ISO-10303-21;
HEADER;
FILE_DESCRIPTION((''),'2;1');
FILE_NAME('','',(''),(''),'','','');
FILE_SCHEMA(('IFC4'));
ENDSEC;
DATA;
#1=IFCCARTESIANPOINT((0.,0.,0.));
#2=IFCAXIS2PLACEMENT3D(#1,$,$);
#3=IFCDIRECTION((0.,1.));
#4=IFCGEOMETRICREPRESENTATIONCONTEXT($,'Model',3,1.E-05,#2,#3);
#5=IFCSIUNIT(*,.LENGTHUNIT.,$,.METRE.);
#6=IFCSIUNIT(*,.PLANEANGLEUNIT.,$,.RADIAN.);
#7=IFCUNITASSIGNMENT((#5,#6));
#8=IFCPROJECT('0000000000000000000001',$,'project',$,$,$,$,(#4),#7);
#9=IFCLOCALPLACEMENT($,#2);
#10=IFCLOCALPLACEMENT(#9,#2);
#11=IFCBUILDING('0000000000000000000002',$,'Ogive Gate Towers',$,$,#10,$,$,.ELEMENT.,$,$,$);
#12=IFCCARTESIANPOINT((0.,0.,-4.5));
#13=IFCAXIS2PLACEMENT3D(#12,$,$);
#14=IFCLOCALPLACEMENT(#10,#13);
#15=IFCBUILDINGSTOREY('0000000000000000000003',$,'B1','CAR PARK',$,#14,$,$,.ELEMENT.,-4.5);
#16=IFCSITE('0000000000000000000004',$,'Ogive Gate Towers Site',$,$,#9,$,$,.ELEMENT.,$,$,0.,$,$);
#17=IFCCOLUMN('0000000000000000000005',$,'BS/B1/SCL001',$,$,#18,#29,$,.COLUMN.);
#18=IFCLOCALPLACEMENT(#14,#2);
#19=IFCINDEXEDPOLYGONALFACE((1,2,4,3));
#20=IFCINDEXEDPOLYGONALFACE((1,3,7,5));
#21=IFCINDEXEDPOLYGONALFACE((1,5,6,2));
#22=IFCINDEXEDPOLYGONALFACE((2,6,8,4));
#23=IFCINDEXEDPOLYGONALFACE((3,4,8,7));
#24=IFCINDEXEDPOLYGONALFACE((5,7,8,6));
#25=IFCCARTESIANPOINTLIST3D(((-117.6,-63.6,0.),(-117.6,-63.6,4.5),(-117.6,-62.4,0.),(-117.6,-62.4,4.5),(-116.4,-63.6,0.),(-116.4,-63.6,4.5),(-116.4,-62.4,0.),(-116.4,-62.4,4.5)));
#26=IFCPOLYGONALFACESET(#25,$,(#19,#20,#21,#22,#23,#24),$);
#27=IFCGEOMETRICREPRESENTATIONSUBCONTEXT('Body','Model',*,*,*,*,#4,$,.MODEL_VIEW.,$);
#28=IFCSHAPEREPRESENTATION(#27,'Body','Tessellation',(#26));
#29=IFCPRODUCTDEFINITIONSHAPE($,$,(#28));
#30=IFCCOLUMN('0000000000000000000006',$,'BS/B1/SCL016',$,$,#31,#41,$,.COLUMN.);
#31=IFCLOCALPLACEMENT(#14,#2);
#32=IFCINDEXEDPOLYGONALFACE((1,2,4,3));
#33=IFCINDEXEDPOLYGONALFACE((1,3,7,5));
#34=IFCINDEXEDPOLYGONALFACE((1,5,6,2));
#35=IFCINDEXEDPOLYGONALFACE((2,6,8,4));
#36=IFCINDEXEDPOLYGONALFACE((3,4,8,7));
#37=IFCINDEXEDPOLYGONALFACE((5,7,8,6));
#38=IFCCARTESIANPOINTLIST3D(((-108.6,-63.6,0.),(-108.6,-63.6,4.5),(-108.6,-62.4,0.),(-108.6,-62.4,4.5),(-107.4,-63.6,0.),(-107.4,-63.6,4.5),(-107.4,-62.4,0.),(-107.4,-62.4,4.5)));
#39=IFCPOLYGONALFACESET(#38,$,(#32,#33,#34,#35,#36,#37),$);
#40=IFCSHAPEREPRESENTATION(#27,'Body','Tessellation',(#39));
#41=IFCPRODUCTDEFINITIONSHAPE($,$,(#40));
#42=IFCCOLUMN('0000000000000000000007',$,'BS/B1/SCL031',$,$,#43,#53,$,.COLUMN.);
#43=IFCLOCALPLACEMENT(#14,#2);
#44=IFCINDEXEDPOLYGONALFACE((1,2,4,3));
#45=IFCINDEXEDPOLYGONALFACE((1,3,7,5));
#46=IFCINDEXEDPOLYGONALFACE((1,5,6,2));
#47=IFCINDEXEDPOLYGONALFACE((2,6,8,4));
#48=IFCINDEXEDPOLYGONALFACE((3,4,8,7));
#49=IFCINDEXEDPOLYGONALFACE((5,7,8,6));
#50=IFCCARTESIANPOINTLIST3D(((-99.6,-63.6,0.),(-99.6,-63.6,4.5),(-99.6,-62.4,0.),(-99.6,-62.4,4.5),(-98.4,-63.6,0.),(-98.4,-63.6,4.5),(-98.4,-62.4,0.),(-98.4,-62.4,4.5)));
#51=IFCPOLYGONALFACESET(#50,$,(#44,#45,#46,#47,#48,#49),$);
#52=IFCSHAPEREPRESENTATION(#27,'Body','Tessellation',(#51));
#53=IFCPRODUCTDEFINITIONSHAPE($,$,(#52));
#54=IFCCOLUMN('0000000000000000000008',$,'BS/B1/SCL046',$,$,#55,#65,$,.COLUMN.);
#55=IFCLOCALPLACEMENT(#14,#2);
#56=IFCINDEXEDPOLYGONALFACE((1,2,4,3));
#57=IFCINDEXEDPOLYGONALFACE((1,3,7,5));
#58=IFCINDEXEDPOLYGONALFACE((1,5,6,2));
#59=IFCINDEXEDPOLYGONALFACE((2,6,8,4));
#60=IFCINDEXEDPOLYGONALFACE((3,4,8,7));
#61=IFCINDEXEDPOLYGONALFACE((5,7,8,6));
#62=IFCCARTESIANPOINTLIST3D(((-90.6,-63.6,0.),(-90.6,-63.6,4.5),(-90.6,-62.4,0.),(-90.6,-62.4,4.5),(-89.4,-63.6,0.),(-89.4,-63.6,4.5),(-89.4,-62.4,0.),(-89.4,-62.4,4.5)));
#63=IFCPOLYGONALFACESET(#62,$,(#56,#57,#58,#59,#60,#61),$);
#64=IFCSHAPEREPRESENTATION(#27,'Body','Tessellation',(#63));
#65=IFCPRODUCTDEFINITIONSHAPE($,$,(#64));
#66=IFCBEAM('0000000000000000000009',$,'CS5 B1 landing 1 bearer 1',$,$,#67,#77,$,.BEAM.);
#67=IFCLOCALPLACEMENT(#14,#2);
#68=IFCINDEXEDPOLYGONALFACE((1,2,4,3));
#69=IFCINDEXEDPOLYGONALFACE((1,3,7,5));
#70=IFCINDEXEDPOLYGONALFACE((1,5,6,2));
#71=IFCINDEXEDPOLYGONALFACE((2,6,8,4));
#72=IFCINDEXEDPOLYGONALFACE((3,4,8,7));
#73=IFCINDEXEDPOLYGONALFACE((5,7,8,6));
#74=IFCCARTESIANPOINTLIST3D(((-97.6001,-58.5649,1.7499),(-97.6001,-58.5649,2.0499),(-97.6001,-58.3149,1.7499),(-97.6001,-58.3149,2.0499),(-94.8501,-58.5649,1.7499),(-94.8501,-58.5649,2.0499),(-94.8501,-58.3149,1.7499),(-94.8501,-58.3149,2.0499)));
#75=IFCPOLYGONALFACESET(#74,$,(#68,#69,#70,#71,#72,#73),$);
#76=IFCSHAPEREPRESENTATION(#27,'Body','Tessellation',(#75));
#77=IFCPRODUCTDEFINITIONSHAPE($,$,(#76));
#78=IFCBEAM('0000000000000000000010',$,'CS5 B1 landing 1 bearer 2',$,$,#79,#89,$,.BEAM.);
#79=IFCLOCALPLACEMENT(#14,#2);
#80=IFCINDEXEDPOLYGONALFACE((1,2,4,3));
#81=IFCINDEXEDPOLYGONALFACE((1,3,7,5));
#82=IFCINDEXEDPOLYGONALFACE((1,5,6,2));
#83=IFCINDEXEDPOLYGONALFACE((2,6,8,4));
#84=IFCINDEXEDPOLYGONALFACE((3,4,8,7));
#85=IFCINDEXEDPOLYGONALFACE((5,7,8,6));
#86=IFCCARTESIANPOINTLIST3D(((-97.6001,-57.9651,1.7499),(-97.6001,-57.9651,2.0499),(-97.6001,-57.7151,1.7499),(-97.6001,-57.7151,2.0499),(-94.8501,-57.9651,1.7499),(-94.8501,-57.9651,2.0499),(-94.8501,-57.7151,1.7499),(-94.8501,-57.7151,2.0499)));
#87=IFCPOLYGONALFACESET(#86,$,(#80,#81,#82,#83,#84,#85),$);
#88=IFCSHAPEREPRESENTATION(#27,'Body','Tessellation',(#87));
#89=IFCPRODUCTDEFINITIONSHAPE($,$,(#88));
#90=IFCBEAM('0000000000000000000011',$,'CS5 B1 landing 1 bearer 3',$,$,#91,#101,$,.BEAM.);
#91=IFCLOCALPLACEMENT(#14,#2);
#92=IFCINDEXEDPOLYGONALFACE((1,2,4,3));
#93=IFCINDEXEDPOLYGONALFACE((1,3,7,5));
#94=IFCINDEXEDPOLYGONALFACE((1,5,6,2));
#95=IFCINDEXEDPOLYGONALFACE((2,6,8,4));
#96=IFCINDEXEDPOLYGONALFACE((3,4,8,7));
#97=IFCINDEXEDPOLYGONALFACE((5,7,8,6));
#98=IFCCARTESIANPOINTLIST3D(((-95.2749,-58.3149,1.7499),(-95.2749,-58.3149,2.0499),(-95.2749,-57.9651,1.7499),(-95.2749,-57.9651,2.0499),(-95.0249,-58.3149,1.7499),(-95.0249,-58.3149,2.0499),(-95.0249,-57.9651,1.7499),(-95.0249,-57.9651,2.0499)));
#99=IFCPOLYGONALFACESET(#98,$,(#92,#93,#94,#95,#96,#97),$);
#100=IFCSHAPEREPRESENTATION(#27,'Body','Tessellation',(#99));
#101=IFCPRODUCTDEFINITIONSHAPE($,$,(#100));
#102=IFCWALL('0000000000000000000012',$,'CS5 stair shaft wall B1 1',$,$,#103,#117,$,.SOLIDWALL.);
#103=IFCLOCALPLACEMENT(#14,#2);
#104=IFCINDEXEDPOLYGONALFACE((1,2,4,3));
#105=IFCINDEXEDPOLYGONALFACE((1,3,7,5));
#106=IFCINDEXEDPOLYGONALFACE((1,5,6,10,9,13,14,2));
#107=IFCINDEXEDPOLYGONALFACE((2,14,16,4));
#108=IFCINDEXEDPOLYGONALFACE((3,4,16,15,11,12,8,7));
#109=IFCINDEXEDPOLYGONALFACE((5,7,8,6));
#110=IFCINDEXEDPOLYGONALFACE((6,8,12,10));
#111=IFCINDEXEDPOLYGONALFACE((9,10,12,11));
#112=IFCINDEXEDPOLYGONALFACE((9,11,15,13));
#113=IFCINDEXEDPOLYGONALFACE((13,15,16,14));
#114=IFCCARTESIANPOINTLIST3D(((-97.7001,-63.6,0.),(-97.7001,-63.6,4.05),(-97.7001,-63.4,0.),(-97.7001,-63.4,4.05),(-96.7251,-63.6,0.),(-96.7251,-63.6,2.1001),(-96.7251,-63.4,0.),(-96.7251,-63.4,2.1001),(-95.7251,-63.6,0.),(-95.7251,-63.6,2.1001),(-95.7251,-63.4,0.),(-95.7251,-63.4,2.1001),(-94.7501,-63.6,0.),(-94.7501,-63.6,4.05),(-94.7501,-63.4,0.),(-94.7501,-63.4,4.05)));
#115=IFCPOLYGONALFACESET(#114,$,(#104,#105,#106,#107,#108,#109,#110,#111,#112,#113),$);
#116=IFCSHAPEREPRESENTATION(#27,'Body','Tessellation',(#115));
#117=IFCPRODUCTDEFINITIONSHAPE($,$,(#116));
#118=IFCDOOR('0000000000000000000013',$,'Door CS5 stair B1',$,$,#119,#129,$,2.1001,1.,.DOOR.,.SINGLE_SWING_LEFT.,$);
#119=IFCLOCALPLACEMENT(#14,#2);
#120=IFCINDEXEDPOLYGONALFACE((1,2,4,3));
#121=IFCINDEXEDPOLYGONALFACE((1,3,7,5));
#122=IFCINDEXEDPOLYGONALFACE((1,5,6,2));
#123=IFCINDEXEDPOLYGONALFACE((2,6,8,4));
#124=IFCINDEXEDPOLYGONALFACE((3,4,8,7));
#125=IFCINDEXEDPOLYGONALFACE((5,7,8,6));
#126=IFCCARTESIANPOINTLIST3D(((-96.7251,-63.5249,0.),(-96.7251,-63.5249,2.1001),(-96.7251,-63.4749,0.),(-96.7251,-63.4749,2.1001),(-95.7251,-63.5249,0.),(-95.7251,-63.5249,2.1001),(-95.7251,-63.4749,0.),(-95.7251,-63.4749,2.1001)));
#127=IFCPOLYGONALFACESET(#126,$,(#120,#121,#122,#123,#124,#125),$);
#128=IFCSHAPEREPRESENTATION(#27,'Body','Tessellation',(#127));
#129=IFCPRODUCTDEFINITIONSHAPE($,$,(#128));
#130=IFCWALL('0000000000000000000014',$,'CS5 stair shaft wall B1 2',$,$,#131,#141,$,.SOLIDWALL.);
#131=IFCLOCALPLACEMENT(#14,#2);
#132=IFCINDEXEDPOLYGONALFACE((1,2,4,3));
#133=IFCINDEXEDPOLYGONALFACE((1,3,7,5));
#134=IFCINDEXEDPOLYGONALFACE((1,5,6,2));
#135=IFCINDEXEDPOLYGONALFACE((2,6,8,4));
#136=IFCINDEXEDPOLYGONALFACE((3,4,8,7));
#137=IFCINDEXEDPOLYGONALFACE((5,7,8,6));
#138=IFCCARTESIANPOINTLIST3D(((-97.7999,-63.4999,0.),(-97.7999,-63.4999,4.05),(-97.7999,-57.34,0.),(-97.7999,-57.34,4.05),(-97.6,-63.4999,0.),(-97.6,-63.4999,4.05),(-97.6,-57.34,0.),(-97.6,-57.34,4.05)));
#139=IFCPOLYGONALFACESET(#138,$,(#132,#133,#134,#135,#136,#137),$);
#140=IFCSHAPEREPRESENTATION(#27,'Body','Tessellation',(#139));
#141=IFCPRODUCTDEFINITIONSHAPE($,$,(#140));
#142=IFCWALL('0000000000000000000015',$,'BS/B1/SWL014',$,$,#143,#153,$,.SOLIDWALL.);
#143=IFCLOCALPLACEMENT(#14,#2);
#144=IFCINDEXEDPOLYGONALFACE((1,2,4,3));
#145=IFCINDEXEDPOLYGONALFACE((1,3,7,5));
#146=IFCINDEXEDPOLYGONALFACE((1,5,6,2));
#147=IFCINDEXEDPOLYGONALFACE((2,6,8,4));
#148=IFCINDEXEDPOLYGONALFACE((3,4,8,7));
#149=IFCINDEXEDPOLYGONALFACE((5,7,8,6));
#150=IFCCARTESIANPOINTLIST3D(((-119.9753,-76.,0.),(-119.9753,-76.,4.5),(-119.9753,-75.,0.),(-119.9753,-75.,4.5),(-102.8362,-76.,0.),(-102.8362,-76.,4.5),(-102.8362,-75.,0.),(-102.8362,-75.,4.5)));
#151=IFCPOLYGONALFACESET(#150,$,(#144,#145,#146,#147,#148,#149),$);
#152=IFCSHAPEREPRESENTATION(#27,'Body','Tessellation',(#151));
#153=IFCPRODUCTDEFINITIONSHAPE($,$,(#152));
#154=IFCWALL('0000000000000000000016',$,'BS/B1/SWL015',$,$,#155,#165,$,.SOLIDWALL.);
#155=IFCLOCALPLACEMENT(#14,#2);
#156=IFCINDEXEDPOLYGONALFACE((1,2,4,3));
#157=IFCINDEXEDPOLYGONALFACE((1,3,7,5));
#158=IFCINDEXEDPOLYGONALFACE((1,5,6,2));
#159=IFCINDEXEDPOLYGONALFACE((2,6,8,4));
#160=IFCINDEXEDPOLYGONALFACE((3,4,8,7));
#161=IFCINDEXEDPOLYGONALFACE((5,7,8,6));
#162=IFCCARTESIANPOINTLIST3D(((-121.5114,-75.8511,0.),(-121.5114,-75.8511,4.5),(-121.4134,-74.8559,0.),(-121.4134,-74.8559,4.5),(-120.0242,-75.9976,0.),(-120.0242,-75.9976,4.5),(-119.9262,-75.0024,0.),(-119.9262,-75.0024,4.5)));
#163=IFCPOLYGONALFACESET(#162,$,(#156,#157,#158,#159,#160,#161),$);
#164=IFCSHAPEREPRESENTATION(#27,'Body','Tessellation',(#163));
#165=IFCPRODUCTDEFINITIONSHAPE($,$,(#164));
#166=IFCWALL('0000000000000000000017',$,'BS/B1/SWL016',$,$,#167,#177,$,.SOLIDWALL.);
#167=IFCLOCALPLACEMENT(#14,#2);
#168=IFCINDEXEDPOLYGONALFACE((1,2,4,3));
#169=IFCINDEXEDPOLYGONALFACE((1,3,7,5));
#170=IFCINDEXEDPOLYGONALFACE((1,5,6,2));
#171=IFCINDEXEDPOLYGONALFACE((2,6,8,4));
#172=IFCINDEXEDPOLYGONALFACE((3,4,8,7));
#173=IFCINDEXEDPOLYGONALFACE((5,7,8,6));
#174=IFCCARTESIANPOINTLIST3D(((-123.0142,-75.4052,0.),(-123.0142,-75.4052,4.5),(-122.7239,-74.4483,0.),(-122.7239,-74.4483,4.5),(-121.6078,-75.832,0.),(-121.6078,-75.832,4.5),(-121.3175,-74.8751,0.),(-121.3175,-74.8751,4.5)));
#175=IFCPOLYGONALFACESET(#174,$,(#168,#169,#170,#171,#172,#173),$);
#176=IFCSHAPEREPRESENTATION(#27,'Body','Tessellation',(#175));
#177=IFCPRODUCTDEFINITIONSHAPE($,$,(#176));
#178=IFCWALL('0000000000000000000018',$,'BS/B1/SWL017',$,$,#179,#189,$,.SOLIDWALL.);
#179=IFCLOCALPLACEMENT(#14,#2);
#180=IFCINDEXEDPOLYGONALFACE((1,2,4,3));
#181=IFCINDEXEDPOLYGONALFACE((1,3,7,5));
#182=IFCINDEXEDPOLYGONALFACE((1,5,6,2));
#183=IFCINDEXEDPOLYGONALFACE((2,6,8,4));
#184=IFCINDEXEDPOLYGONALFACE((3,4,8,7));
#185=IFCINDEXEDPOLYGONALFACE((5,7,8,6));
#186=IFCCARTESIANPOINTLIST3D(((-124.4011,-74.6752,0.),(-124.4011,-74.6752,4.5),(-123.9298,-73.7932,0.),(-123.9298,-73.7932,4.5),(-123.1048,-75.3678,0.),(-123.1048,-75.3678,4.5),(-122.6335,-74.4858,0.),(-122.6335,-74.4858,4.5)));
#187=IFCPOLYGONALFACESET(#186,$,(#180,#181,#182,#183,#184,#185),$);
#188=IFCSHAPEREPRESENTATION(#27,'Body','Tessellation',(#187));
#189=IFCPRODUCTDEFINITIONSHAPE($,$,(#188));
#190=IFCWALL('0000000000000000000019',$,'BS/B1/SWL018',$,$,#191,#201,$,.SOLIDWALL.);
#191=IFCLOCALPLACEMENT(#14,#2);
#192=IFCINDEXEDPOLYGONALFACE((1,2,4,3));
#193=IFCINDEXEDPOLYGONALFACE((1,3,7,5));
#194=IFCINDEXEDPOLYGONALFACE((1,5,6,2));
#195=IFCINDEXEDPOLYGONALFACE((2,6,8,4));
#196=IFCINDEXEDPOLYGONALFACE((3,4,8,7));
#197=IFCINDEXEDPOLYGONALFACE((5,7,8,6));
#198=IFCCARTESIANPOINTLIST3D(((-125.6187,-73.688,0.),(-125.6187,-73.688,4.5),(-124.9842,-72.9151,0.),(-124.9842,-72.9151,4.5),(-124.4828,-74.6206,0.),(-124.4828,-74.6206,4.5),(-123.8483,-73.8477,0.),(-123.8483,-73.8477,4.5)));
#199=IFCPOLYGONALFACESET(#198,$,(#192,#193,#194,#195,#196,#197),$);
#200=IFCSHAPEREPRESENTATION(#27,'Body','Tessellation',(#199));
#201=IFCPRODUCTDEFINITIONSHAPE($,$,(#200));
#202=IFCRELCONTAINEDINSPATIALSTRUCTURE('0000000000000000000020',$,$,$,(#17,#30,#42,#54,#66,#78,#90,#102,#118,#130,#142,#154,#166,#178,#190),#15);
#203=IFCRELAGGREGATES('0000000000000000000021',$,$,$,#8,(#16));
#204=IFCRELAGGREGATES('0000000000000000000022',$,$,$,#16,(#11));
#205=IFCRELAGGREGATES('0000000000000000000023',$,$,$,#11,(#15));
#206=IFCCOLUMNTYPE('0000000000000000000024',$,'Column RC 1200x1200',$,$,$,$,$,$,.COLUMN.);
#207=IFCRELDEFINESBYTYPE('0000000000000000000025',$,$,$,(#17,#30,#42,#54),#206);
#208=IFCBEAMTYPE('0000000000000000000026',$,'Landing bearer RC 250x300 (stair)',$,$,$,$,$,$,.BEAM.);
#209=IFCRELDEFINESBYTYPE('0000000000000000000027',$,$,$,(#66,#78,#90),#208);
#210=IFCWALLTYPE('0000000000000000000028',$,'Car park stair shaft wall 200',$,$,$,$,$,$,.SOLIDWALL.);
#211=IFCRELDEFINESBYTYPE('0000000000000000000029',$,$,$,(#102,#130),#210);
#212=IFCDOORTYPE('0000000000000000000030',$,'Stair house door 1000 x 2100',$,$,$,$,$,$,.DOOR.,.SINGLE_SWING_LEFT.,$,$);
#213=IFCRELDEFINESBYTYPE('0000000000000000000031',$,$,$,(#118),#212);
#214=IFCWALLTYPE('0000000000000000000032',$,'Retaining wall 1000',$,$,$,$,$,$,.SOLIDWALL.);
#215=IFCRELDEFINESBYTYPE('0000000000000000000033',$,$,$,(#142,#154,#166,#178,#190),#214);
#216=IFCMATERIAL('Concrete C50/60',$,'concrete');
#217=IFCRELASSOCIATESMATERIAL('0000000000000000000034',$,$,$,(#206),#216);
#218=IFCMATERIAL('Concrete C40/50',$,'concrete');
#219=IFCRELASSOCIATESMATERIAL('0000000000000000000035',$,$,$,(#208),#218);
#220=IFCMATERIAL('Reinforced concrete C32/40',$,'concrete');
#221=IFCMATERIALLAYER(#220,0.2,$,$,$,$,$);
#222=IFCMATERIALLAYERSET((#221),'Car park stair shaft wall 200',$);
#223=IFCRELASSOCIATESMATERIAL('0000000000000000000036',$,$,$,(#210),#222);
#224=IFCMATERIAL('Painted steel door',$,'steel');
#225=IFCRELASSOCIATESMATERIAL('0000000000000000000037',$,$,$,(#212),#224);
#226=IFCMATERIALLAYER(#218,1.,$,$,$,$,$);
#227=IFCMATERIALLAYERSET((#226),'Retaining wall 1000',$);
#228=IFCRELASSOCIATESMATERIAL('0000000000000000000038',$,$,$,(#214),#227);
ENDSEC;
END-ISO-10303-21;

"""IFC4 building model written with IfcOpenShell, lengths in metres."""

from ifc_helpers import new_model, si_unit, direction, frame, frame_2d, origin, origin_2d, place, context, subcontext, project, spatial, rectangle, extrude, material, layer, layer_set, material_profile, profile_set, type_object, element, fill, save


model = new_model("IFC4")

# Units and contexts
model_context = context("Model", 3, precision=1e-05, world=origin(), true_north=direction((0.0, 1.0)))
body_context = subcontext(model_context, "Body", "Model", "MODEL_VIEW")
ifc_project = project(units=[si_unit("LENGTHUNIT", "METRE"), si_unit("PLANEANGLEUNIT", "RADIAN")], contexts=[model_context])

# Site, building, storey
site_placement = place(None, origin())
site = spatial("IfcSite", under=ifc_project, at=site_placement, Name="Ogive Gate Towers Site", CompositionType="ELEMENT", RefElevation=0.0)
building_placement = place(site_placement, origin())
building = spatial("IfcBuilding", under=site, at=building_placement, Name="Ogive Gate Towers", CompositionType="ELEMENT")
storey_placement = place(building_placement, frame((0.0, 0.0, -4.5)))
storey = spatial("IfcBuildingStorey", under=building, at=storey_placement, Name="B1", Description="CAR PARK", CompositionType="ELEMENT", Elevation=-4.5)

# Columns
ifc_material_1 = material(Name="Concrete C50/60", Category="concrete")
ifc_material_profile_1 = material_profile(ifc_material_1, rectangle(XDim=1.2, YDim=1.2, at=origin_2d()), Name="RC 1200x1200")
ifc_profile_set_1 = profile_set([ifc_material_profile_1], Name="Concrete C50/60")
column_type = type_object("IfcColumnType", Name="Column RC 1200x1200", PredefinedType="COLUMN", material=ifc_profile_set_1)
for number, where, z_axis, x_axis, name in (
    (1, (-117.0, -63.0, 0.0), (0.0, 0.0, 1.0), (1.0, 0.0, 0.0), "BS/B1/SCL001"),
    (2, (-108.0, -63.0, 0.0), (0.0, 0.0, 1.0), (1.0, 0.0, 0.0), "BS/B1/SCL016"),
    (3, (-99.0, -63.0, 0.0), (0.0, 0.0, 1.0), (1.0, 0.0, 0.0), "BS/B1/SCL031"),
    (4, (-90.0, -63.0, 0.0), (0.0, 0.0, 1.0), (1.0, 0.0, 0.0), "BS/B1/SCL046"),
):
    element("IfcColumn", number, at=place(storey_placement, frame(where, z_axis=z_axis, x_axis=x_axis)), inside=storey, type_object=column_type, Name=name, PredefinedType="COLUMN", context=body_context, shape_type="SweptSolid", body=[
        extrude(rectangle(XDim=1.2, YDim=1.2, at=origin_2d()), origin(), (0.0, 0.0, 1.0), 4.5),
    ])

# Beams
ifc_material_2 = material(Name="Concrete C40/50", Category="concrete")
ifc_material_profile_2 = material_profile(ifc_material_2, rectangle(XDim=0.25, YDim=0.3, at=origin_2d()), Name="RC 250x300")
ifc_profile_set_2 = profile_set([ifc_material_profile_2], Name="Concrete C40/50")
beam_type = type_object("IfcBeamType", Name="Landing bearer RC 250x300 (stair)", PredefinedType="BEAM", material=ifc_profile_set_2)
for number, where, z_axis, x_axis, name in (
    (5, (-94.8501, -58.4399, 1.8999), (-1.0, 0.0, 0.0), (0.0, -1.0, 0.0), "CS5 B1 landing 1 bearer 1"),
    (6, (-94.8501, -57.8401, 1.8999), (-1.0, 0.0, 0.0), (0.0, -1.0, 0.0), "CS5 B1 landing 1 bearer 2"),
):
    element("IfcBeam", number, at=place(storey_placement, frame(where, z_axis=z_axis, x_axis=x_axis)), inside=storey, type_object=beam_type, Name=name, PredefinedType="BEAM", context=body_context, shape_type="SweptSolid", body=[
        extrude(rectangle(XDim=0.25, YDim=0.3, at=origin_2d()), origin(), (0.0, 0.0, 1.0), 2.75),
    ])
beam_placement = place(storey_placement, frame((-95.1499, -58.3149, 1.8999), z_axis=(0.0, 1.0, 0.0), x_axis=(-1.0, 0.0, 0.0)))
element("IfcBeam", 7, at=beam_placement, inside=storey, type_object=beam_type, Name="CS5 B1 landing 1 bearer 3", PredefinedType="BEAM", context=body_context, shape_type="SweptSolid", body=[
    extrude(rectangle(XDim=0.25, YDim=0.3, at=origin_2d()), origin(), (0.0, 0.0, 1.0), 0.3499),
])

# Wall, opening, door
ifc_material_3 = material(Name="Reinforced concrete C32/40", Category="concrete")
ifc_layer_1 = layer(ifc_material_3, 0.2)
ifc_layer_set_1 = layer_set([ifc_layer_1], Name="Car park stair shaft wall 200")
wall_type_1 = type_object("IfcWallType", Name="Car park stair shaft wall 200", PredefinedType="SOLIDWALL", material=ifc_layer_set_1)
wall_1_placement = place(storey_placement, frame((-94.75, -63.5, 0.0), z_axis=(0.0, 0.0, 1.0), x_axis=(-1.0, 0.0, 0.0)))
wall_1 = element("IfcWall", 8, at=wall_1_placement, inside=storey, type_object=wall_type_1, Name="CS5 stair shaft wall B1 1", PredefinedType="SOLIDWALL", context=body_context, shape_type="SweptSolid", body=[
    extrude(rectangle(XDim=2.95, YDim=0.2, at=frame_2d((1.4751, 0.0))), origin(), (0.0, 0.0, 1.0), 4.05),
])
opening_placement = place(wall_1_placement, frame((0.9751, 0.0, 0.0)))
opening = element("IfcOpeningElement", 9, at=opening_placement, cuts=wall_1, PredefinedType="OPENING", context=body_context, shape_type="SweptSolid", body=[
    extrude(rectangle(XDim=1.0, YDim=2.1001, at=frame_2d((0.5, 1.05))), frame((0.0, 0.1099, 0.0), z_axis=(0.0, -1.0, 0.0), x_axis=(1.0, 0.0, 0.0)), (0.0, 0.0, 1.0), 0.22),
])
ifc_material_4 = material(Name="Painted steel door", Category="steel")
door_type = type_object("IfcDoorType", Name="Stair house door 1000 x 2100", OperationType="SINGLE_SWING_LEFT", PredefinedType="DOOR", material=ifc_material_4)
door_placement = place(opening_placement, origin())
door = element("IfcDoor", 10, at=door_placement, inside=storey, type_object=door_type, Name="Door CS5 stair B1", OperationType="SINGLE_SWING_LEFT", OverallHeight=2.1001, OverallWidth=1.0, PredefinedType="DOOR", context=body_context, shape_type="SweptSolid", body=[
    extrude(rectangle(XDim=1.0, YDim=2.1001, at=frame_2d((0.5, 1.05))), frame((0.0, 0.0249, 0.0), z_axis=(0.0, -1.0, 0.0), x_axis=(1.0, 0.0, 0.0)), (0.0, 0.0, 1.0), 0.05),
])
fill(opening, door)

# Walls
wall_2_placement = place(storey_placement, frame((-97.7, -63.5, 0.0), z_axis=(0.0, 0.0, 1.0), x_axis=(0.0, 1.0, 0.0)))
element("IfcWall", 11, at=wall_2_placement, inside=storey, type_object=wall_type_1, Name="CS5 stair shaft wall B1 2", PredefinedType="SOLIDWALL", context=body_context, shape_type="SweptSolid", body=[
    extrude(rectangle(XDim=6.1599, YDim=0.2, at=frame_2d((3.0801, 0.0))), origin(), (0.0, 0.0, 1.0), 4.05),
])
ifc_layer_2 = layer(ifc_material_2, 1.0)
ifc_layer_set_2 = layer_set([ifc_layer_2], Name="Retaining wall 1000")
wall_type_2 = type_object("IfcWallType", Name="Retaining wall 1000", PredefinedType="SOLIDWALL", material=ifc_layer_set_2)
wall_3_placement = place(storey_placement, frame((-102.8362, -75.5, 0.0), z_axis=(0.0, 0.0, 1.0), x_axis=(-1.0, 0.0, 0.0)))
element("IfcWall", 12, at=wall_3_placement, inside=storey, type_object=wall_type_2, Name="BS/B1/SWL014", PredefinedType="SOLIDWALL", context=body_context, shape_type="SweptSolid", body=[
    extrude(rectangle(XDim=17.1392, YDim=1.0, at=frame_2d((8.5696, 0.0))), origin(), (0.0, 0.0, 1.0), 4.5),
])
wall_4_placement = place(storey_placement, frame((-119.9753, -75.5, 0.0), z_axis=(0.0, 0.0, 1.0), x_axis=(-0.995185, 0.098016, 0.0)))
element("IfcWall", 13, at=wall_4_placement, inside=storey, type_object=wall_type_2, Name="BS/B1/SWL015", PredefinedType="SOLIDWALL", context=body_context, shape_type="SweptSolid", body=[
    extrude(rectangle(XDim=1.4944, YDim=1.0, at=frame_2d((0.7471, 0.0))), origin(), (0.0, 0.0, 1.0), 4.5),
])
for number, where, z_axis, x_axis, name in (
    (14, (-121.4626, -75.3535, 0.0), (0.0, 0.0, 1.0), (-0.956921, 0.290349, 0.0), "BS/B1/SWL016"),
    (15, (-122.8691, -74.9268, 0.0), (0.0, 0.0, 1.0), (-0.882008, 0.471235, 0.0), "BS/B1/SWL017"),
    (16, (-124.1655, -74.2341, 0.0), (0.0, 0.0, 1.0), (-0.772898, 0.63453, 0.0), "BS/B1/SWL018"),
):
    element("IfcWall", number, at=place(storey_placement, frame(where, z_axis=z_axis, x_axis=x_axis)), inside=storey, type_object=wall_type_2, Name=name, PredefinedType="SOLIDWALL", context=body_context, shape_type="SweptSolid", body=[
        extrude(rectangle(XDim=1.4697, YDim=1.0, at=frame_2d((0.7349, 0.0))), origin(), (0.0, 0.0, 1.0), 4.5),
    ])

save(model, "model.ifc")
